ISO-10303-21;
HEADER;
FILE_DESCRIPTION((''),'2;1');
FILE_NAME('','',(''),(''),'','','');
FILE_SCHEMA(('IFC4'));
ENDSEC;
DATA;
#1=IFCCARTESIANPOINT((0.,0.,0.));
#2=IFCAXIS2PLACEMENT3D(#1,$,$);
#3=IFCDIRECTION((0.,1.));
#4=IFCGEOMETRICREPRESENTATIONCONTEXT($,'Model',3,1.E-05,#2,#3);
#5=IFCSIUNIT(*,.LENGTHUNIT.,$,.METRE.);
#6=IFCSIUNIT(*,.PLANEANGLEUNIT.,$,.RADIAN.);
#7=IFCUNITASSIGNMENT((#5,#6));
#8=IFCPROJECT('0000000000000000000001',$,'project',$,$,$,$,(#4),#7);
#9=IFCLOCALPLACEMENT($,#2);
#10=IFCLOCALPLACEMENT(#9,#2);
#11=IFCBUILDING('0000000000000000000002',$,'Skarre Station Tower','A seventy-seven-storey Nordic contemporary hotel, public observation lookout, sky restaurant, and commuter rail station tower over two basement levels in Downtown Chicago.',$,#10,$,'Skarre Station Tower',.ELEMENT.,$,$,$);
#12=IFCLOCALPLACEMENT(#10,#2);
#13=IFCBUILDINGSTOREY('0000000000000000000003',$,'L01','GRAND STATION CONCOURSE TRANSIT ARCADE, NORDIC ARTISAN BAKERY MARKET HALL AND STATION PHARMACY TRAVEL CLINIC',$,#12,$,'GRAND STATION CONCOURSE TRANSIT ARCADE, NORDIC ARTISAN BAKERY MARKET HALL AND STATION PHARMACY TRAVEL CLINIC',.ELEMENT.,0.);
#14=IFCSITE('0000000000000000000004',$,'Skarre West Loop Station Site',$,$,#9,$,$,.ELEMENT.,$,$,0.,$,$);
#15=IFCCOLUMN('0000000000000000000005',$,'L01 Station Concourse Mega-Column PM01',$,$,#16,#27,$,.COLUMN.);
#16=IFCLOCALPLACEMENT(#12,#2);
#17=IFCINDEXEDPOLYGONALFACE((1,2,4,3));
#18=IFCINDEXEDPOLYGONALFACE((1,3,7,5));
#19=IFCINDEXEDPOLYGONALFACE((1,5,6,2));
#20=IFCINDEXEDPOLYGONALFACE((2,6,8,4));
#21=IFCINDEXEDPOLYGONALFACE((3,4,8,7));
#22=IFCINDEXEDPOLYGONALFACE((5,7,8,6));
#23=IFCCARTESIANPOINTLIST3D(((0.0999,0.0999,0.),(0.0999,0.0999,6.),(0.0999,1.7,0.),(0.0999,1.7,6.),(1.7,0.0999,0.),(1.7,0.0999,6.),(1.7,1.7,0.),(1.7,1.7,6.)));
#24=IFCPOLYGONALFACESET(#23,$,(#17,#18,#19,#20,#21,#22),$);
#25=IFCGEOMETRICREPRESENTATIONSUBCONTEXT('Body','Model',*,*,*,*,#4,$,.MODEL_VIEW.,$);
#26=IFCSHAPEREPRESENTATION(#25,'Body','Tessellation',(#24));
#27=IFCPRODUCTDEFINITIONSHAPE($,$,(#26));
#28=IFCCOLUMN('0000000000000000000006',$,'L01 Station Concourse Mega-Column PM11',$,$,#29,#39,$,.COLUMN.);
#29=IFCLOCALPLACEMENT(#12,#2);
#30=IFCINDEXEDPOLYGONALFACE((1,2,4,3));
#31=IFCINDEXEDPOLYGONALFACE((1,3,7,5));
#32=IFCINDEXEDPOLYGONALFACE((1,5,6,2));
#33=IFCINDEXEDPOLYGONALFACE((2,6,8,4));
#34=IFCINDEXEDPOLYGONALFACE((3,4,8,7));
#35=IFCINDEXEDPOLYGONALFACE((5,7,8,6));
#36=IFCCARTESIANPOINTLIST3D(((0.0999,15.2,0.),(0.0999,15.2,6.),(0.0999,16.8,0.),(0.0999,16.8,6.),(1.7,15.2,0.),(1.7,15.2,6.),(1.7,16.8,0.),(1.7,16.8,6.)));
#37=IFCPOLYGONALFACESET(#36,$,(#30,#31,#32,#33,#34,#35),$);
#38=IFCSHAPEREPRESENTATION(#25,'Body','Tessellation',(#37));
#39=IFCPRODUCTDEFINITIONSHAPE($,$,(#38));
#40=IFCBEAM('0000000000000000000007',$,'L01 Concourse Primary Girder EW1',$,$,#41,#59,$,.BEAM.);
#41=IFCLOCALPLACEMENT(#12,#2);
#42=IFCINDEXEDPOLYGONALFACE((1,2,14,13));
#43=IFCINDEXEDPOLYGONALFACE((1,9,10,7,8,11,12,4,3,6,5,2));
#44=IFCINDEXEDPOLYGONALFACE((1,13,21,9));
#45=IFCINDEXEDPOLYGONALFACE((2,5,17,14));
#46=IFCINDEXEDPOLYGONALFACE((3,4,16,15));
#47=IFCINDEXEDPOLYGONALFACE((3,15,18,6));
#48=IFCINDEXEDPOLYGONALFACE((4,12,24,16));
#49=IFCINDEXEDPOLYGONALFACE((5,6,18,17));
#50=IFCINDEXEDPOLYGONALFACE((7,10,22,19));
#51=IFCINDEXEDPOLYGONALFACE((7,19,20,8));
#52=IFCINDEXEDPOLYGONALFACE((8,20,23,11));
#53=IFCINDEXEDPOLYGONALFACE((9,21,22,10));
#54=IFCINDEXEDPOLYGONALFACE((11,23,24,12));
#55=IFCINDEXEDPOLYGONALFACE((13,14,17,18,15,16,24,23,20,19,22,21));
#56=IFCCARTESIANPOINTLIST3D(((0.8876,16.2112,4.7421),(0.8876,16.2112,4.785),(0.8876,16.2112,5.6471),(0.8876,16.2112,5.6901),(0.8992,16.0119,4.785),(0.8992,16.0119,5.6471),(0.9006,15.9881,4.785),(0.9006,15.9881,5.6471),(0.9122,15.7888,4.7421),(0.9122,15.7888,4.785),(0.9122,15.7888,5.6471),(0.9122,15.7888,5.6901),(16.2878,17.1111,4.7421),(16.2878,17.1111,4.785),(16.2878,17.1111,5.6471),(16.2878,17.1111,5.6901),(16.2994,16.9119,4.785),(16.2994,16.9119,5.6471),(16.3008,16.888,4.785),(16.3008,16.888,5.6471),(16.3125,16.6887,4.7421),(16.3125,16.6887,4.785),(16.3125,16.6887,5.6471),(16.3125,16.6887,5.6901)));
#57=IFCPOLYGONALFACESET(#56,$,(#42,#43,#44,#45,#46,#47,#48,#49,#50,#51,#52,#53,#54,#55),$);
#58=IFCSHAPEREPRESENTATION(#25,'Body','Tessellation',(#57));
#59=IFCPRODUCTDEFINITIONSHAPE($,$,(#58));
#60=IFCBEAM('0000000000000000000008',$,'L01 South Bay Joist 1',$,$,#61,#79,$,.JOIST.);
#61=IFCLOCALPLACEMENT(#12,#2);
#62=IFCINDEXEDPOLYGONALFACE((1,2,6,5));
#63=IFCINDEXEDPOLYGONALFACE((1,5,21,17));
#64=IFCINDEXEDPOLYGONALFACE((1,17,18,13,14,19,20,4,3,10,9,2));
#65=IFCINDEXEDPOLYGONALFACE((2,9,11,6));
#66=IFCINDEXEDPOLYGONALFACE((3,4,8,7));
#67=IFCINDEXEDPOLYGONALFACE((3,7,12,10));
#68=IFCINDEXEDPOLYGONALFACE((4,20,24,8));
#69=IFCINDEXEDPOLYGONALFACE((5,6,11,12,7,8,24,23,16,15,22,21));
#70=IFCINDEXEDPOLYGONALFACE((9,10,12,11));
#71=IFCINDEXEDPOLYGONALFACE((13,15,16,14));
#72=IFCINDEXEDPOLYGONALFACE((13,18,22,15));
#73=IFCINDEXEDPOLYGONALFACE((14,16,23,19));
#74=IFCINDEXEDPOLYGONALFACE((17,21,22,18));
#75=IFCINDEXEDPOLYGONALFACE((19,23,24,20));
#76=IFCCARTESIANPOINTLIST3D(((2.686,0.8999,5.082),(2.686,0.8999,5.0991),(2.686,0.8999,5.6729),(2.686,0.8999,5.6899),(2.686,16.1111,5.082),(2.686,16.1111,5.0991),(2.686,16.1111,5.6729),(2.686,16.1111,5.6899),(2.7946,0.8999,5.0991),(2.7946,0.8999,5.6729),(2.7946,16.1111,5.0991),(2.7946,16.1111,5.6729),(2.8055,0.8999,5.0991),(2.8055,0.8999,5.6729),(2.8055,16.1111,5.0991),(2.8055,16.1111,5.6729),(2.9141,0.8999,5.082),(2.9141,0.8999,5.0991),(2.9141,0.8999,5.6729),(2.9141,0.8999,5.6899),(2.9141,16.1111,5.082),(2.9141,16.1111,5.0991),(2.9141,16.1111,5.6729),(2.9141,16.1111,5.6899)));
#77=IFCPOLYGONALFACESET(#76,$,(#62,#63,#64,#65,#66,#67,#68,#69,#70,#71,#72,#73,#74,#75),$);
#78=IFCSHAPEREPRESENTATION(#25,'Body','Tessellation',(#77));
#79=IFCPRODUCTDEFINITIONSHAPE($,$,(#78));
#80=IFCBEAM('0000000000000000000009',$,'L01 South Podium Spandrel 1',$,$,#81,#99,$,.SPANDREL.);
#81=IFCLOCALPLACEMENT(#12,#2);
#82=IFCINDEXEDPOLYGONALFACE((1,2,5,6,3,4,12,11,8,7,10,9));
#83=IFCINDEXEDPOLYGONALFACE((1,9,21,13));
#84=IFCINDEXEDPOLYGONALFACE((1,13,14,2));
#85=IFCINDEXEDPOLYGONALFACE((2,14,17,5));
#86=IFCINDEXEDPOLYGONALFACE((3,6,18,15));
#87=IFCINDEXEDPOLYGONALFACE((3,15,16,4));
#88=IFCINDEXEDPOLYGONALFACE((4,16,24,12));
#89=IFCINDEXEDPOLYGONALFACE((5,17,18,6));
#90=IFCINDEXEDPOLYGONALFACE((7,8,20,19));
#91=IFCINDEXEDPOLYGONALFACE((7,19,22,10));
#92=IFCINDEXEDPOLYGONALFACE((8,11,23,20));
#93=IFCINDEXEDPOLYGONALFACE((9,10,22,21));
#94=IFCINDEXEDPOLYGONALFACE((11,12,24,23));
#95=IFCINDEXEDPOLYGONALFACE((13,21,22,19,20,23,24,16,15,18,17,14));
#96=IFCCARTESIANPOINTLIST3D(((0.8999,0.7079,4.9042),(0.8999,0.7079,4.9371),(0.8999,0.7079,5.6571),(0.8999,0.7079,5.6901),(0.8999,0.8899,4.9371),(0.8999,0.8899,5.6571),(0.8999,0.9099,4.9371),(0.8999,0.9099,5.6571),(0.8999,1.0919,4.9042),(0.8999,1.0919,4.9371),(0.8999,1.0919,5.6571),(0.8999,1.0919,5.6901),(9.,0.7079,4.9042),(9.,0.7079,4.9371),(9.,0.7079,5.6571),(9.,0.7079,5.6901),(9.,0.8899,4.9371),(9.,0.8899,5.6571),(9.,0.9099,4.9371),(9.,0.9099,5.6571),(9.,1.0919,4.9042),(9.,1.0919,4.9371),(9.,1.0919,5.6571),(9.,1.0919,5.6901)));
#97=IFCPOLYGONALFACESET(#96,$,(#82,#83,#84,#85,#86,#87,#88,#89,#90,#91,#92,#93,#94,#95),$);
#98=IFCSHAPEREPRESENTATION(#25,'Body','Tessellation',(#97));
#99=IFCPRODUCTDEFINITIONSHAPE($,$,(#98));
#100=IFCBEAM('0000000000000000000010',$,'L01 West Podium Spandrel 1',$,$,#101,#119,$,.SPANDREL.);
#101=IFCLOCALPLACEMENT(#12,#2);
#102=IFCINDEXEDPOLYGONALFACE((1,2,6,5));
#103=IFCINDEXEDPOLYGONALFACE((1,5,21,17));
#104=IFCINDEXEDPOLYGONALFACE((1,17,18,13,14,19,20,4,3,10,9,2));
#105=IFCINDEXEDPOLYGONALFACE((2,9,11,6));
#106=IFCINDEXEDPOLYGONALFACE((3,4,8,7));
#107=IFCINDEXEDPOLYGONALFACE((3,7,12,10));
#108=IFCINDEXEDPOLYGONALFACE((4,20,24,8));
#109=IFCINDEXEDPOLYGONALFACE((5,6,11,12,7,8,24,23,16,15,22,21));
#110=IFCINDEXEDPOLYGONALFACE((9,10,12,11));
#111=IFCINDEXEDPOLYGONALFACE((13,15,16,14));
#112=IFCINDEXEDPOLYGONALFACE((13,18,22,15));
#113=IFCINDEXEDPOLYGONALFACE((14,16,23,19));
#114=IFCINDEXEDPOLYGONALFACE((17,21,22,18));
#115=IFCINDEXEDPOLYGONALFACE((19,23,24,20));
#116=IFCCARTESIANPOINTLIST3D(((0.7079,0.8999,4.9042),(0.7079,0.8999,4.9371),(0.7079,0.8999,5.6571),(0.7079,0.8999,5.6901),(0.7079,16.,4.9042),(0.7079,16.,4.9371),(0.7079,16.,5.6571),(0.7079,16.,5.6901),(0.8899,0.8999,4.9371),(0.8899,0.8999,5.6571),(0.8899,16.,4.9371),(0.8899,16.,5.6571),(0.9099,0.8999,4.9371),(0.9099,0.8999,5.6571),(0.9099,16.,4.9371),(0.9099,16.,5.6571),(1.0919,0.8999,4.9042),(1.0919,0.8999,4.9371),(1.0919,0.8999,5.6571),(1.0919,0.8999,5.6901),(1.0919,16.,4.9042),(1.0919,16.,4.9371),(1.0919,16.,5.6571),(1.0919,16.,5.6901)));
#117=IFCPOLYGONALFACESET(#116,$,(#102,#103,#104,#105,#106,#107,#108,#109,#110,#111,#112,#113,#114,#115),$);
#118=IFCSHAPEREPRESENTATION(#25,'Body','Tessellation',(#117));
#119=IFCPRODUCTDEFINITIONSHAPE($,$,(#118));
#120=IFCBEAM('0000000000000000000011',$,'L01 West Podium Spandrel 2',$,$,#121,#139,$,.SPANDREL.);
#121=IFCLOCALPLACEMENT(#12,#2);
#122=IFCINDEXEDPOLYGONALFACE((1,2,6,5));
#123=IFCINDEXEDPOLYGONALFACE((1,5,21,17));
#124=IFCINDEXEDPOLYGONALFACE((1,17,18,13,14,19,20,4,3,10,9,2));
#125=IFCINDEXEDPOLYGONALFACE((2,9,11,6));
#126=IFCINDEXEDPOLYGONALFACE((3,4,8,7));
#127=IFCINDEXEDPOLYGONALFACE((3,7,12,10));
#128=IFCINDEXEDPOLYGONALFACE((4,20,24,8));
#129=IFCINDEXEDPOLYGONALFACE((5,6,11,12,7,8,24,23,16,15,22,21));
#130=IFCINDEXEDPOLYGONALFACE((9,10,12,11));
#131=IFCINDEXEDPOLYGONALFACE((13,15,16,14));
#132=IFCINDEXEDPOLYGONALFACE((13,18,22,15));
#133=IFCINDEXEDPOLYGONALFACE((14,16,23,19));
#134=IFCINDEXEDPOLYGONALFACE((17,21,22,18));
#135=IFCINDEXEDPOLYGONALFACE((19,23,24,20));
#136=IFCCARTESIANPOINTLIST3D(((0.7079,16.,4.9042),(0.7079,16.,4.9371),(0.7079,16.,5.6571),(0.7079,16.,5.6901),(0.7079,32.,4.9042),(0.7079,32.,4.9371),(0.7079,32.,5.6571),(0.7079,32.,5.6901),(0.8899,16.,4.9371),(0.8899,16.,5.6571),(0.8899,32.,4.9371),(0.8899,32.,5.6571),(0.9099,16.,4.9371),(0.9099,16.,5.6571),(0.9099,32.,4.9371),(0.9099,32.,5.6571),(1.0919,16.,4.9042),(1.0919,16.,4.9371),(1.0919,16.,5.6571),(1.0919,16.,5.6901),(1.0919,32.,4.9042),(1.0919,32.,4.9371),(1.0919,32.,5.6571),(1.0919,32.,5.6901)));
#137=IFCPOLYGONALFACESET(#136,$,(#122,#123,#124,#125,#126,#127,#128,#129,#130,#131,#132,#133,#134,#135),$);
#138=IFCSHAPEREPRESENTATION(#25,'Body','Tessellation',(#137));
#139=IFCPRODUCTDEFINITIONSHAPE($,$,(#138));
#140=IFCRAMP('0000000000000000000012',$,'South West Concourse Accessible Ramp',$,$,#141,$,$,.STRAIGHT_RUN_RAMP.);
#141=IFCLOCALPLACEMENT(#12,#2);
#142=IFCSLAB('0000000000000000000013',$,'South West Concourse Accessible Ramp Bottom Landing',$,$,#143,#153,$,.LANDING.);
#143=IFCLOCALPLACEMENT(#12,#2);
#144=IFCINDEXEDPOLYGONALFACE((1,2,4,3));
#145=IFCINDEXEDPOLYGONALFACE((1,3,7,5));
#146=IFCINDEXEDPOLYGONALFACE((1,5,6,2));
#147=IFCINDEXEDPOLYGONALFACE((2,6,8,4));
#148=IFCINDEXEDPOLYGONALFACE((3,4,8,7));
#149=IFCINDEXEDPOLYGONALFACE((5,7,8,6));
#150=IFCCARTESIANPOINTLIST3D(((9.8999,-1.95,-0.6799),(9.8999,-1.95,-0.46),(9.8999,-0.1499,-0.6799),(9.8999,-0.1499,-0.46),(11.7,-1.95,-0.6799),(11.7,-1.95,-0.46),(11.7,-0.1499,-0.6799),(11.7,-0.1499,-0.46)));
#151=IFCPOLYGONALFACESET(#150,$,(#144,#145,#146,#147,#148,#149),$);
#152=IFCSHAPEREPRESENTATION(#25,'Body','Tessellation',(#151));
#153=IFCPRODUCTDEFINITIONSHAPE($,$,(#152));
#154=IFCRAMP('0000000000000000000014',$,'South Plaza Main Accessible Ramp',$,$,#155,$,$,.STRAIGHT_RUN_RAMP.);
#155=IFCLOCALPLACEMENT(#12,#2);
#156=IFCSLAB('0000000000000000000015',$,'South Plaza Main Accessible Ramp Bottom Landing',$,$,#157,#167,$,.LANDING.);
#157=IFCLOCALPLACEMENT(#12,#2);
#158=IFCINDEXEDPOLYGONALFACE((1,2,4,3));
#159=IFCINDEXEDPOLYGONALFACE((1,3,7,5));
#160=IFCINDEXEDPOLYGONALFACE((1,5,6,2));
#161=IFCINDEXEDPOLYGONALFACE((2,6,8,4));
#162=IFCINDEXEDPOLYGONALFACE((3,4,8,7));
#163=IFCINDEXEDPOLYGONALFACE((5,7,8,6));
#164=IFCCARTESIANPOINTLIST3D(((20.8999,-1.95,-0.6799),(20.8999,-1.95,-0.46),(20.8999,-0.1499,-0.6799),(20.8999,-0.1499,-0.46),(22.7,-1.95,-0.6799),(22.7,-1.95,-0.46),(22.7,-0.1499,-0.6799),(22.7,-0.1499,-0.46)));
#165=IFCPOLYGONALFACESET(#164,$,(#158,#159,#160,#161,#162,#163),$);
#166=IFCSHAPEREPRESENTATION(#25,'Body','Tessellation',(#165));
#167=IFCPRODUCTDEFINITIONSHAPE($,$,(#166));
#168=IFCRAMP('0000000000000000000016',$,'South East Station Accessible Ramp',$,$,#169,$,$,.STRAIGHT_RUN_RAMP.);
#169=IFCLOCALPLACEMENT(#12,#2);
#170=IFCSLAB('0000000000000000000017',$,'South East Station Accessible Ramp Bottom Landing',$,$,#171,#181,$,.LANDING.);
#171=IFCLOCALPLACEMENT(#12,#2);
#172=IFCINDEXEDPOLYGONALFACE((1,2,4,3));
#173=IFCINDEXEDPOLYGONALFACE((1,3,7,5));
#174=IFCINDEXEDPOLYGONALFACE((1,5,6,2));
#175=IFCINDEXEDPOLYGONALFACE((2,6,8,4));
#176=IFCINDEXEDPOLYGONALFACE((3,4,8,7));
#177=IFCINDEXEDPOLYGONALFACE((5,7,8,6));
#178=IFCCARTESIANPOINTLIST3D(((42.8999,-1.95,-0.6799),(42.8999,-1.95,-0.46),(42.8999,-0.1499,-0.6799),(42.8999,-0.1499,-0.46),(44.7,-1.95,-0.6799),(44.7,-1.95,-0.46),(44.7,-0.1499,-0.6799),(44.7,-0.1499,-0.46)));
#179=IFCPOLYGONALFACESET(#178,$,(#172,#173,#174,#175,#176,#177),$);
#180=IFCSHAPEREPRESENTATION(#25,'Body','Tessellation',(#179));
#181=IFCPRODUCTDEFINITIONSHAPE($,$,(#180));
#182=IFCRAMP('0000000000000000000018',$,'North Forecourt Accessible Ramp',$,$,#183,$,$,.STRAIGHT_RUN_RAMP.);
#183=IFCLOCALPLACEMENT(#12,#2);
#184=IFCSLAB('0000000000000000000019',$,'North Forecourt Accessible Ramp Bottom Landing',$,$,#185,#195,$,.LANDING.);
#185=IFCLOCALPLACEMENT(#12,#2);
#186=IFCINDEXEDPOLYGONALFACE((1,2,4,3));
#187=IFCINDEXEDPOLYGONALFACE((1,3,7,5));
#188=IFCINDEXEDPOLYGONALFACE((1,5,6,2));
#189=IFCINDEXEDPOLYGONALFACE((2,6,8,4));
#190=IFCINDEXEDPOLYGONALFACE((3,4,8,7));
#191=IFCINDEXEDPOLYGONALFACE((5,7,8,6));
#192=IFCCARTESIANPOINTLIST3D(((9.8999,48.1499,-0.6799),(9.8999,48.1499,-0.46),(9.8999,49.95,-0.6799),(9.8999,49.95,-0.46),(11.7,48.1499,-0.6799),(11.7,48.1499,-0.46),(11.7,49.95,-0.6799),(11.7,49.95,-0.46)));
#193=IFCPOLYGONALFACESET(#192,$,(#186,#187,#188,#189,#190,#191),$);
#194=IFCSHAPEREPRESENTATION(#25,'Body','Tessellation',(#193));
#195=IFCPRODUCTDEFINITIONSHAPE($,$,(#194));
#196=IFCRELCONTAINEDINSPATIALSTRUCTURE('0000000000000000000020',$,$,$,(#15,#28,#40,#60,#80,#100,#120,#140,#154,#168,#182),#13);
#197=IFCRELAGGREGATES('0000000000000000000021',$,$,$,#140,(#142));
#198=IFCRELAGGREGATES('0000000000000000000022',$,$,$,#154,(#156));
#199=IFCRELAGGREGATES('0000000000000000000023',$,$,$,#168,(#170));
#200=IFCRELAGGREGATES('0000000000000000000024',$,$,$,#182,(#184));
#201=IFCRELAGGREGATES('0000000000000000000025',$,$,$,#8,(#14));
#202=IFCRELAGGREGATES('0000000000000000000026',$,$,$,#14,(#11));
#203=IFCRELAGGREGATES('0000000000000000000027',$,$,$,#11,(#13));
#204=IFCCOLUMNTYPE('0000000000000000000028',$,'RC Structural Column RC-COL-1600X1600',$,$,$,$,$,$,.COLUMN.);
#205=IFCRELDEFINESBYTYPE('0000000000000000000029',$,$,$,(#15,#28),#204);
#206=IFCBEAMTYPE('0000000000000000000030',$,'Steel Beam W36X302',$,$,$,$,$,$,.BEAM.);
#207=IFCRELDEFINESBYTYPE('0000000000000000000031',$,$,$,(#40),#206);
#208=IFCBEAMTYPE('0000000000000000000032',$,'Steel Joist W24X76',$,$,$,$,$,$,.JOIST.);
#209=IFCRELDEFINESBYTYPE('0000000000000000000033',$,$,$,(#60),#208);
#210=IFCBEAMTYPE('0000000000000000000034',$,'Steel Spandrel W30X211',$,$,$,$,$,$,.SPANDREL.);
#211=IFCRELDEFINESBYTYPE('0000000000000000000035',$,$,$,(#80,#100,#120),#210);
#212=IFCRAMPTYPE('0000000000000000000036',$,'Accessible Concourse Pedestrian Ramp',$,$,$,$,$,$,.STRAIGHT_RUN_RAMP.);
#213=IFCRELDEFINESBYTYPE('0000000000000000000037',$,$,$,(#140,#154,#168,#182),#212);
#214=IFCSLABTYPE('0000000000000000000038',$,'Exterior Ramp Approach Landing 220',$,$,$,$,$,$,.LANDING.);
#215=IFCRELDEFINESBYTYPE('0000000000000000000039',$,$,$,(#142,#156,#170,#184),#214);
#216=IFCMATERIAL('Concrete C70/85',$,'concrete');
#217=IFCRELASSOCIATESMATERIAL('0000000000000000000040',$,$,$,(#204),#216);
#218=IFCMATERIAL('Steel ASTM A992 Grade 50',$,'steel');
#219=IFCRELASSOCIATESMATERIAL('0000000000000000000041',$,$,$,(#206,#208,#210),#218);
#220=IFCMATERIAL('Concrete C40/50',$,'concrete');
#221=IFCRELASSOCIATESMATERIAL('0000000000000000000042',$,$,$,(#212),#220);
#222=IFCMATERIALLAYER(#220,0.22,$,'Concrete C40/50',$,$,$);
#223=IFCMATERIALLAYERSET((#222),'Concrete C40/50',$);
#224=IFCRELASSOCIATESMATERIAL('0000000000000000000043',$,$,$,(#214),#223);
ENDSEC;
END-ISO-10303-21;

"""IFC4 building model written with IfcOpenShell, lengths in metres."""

from ifc_helpers import new_model, si_unit, direction, frame, origin, origin_2d, place, context, subcontext, project, spatial, polyline, rectangle, i_section, outline, extrude, material, layer, layer_set, material_profile, profile_set, type_object, element, aggregate, save


model = new_model("IFC4")

# Units and contexts
model_context = context("Model", 3, precision=1e-05, world=origin(), true_north=direction((0.0, 1.0)))
body_context = subcontext(model_context, "Body", "Model", "MODEL_VIEW")
ifc_project = project(units=[si_unit("LENGTHUNIT", "METRE"), si_unit("PLANEANGLEUNIT", "RADIAN")], contexts=[model_context])

# Site, building, storey
site_placement = place(None, origin())
site = spatial("IfcSite", under=ifc_project, at=site_placement, Name="Skarre West Loop Station Site", CompositionType="ELEMENT", RefElevation=0.0)
building_placement = place(site_placement, origin())
building = spatial("IfcBuilding", under=site, at=building_placement, Name="Skarre Station Tower", Description="A seventy-seven-storey Nordic contemporary hotel, public observation lookout, sky restaurant, and commuter rail station tower over two basement levels in Downtown Chicago.", LongName="Skarre Station Tower", CompositionType="ELEMENT")
storey_placement = place(building_placement, origin())
storey = spatial("IfcBuildingStorey", under=building, at=storey_placement, Name="L01", Description="GRAND STATION CONCOURSE TRANSIT ARCADE, NORDIC ARTISAN BAKERY MARKET HALL AND STATION PHARMACY TRAVEL CLINIC", LongName="GRAND STATION CONCOURSE TRANSIT ARCADE, NORDIC ARTISAN BAKERY MARKET HALL AND STATION PHARMACY TRAVEL CLINIC", CompositionType="ELEMENT", Elevation=0.0)

# Columns
ifc_material_1 = material(Name="Concrete C70/85", Category="concrete")
ifc_material_profile_1 = material_profile(ifc_material_1, rectangle(XDim=1.6001, YDim=1.6001, at=origin_2d()), Name="Concrete C70/85")
ifc_profile_set_1 = profile_set([ifc_material_profile_1], Name="Concrete C70/85")
column_type = type_object("IfcColumnType", Name="RC Structural Column RC-COL-1600X1600", PredefinedType="COLUMN", material=ifc_profile_set_1)
for number, where, z_axis, x_axis, name in (
    (1, (0.8999, 0.8999, 0.0), (0.0, 0.0, 1.0), (1.0, 0.0, 0.0), "L01 Station Concourse Mega-Column PM01"),
    (2, (0.8999, 16.0, 0.0), (0.0, 0.0, 1.0), (1.0, 0.0, 0.0), "L01 Station Concourse Mega-Column PM11"),
):
    element("IfcColumn", number, at=place(storey_placement, frame(where, z_axis=z_axis, x_axis=x_axis)), inside=storey, type_object=column_type, Name=name, PredefinedType="COLUMN", context=body_context, shape_type="SweptSolid", body=[
        extrude(rectangle(XDim=1.6001, YDim=1.6001, at=origin_2d()), origin(), (0.0, 0.0, 1.0), 6.0),
    ])

# Beams
ifc_material_2 = material(Name="Steel ASTM A992 Grade 50", Category="steel")
ifc_material_profile_2 = material_profile(ifc_material_2, i_section(OverallWidth=0.4231, OverallDepth=0.948, WebThickness=0.0239, FlangeThickness=0.043, at=origin_2d()), Name="Steel ASTM A992 Grade 50")
ifc_profile_set_2 = profile_set([ifc_material_profile_2], Name="Steel ASTM A992 Grade 50")
beam_type_1 = type_object("IfcBeamType", Name="Steel Beam W36X302", PredefinedType="BEAM", material=ifc_profile_set_2)
beam_1_placement = place(storey_placement, frame((0.8999, 16.0, 5.2161), z_axis=(0.998297, 0.058335, 0.0), x_axis=(-0.058335, 0.998297, 0.0)))
element("IfcBeam", 3, at=beam_1_placement, inside=storey, type_object=beam_type_1, Name="L01 Concourse Primary Girder EW1", PredefinedType="BEAM", context=body_context, shape_type="SweptSolid", body=[
    extrude(i_section(OverallWidth=0.4231, OverallDepth=0.948, WebThickness=0.0239, FlangeThickness=0.043, at=origin_2d()), origin(), (0.0, 0.0, 1.0), 15.4265),
])
ifc_material_profile_3 = material_profile(ifc_material_2, i_section(OverallWidth=0.228, OverallDepth=0.6079, WebThickness=0.011, FlangeThickness=0.0171, at=origin_2d()), Name="Steel ASTM A992 Grade 50")
ifc_profile_set_3 = profile_set([ifc_material_profile_3], Name="Steel ASTM A992 Grade 50")
beam_type_2 = type_object("IfcBeamType", Name="Steel Joist W24X76", PredefinedType="JOIST", material=ifc_profile_set_3)
beam_2_placement = place(storey_placement, frame((2.8, 0.8999, 5.386), z_axis=(0.0, 1.0, 0.0), x_axis=(-1.0, 0.0, 0.0)))
element("IfcBeam", 4, at=beam_2_placement, inside=storey, type_object=beam_type_2, Name="L01 South Bay Joist 1", PredefinedType="JOIST", context=body_context, shape_type="SweptSolid", body=[
    extrude(i_section(OverallWidth=0.228, OverallDepth=0.6079, WebThickness=0.011, FlangeThickness=0.0171, at=origin_2d()), origin(), (0.0, 0.0, 1.0), 15.2112),
])
ifc_material_profile_4 = material_profile(ifc_material_2, i_section(OverallWidth=0.384, OverallDepth=0.7859, WebThickness=0.02, FlangeThickness=0.033, at=origin_2d()), Name="Steel ASTM A992 Grade 50")
ifc_profile_set_4 = profile_set([ifc_material_profile_4], Name="Steel ASTM A992 Grade 50")
beam_type_3 = type_object("IfcBeamType", Name="Steel Spandrel W30X211", PredefinedType="SPANDREL", material=ifc_profile_set_4)
beam_3_placement = place(storey_placement, frame((0.8999, 0.8999, 5.2971), z_axis=(1.0, 0.0, 0.0), x_axis=(0.0, 1.0, 0.0)))
element("IfcBeam", 5, at=beam_3_placement, inside=storey, type_object=beam_type_3, Name="L01 South Podium Spandrel 1", PredefinedType="SPANDREL", context=body_context, shape_type="SweptSolid", body=[
    extrude(i_section(OverallWidth=0.384, OverallDepth=0.7859, WebThickness=0.02, FlangeThickness=0.033, at=origin_2d()), origin(), (0.0, 0.0, 1.0), 8.1001),
])
beam_4_placement = place(storey_placement, frame((0.8999, 0.8999, 5.2971), z_axis=(0.0, 1.0, 0.0), x_axis=(-1.0, 0.0, 0.0)))
element("IfcBeam", 6, at=beam_4_placement, inside=storey, type_object=beam_type_3, Name="L01 West Podium Spandrel 1", PredefinedType="SPANDREL", context=body_context, shape_type="SweptSolid", body=[
    extrude(i_section(OverallWidth=0.384, OverallDepth=0.7859, WebThickness=0.02, FlangeThickness=0.033, at=origin_2d()), origin(), (0.0, 0.0, 1.0), 15.1001),
])
beam_5_placement = place(storey_placement, frame((0.8999, 16.0, 5.2971), z_axis=(0.0, 1.0, 0.0), x_axis=(-1.0, 0.0, 0.0)))
element("IfcBeam", 7, at=beam_5_placement, inside=storey, type_object=beam_type_3, Name="L01 West Podium Spandrel 2", PredefinedType="SPANDREL", context=body_context, shape_type="SweptSolid", body=[
    extrude(i_section(OverallWidth=0.384, OverallDepth=0.7859, WebThickness=0.02, FlangeThickness=0.033, at=origin_2d()), origin(), (0.0, 0.0, 1.0), 16.0),
])

# Ramps, slabs
ifc_material_3 = material(Name="Concrete C40/50", Category="concrete")
ramp_type = type_object("IfcRampType", Name="Accessible Concourse Pedestrian Ramp", PredefinedType="STRAIGHT_RUN_RAMP", material=ifc_material_3)
ramp_1_placement = place(storey_placement, origin())
ramp_1 = element("IfcRamp", 8, at=ramp_1_placement, inside=storey, type_object=ramp_type, Name="South West Concourse Accessible Ramp", PredefinedType="STRAIGHT_RUN_RAMP")
ifc_layer_1 = layer(ifc_material_3, 0.22, Name="Concrete C40/50")
ifc_layer_set_1 = layer_set([ifc_layer_1], Name="Concrete C40/50")
slab_type = type_object("IfcSlabType", Name="Exterior Ramp Approach Landing 220", PredefinedType="LANDING", material=ifc_layer_set_1)
slab_1_placement = place(storey_placement, frame((0.0, 0.0, -0.6799)))
slab_1 = element("IfcSlab", 9, at=slab_1_placement, type_object=slab_type, Name="South West Concourse Accessible Ramp Bottom Landing", PredefinedType="LANDING", context=body_context, shape_type="SweptSolid", body=[
    extrude(outline(polyline([(9.8999, -1.95), (11.7, -1.95), (11.7, -0.1499), (9.8999, -0.1499), (9.8999, -1.95)])), origin(), (0.0, 0.0, 1.0), 0.22),
])
aggregate(ramp_1, [slab_1])
ramp_2_placement = place(storey_placement, origin())
ramp_2 = element("IfcRamp", 10, at=ramp_2_placement, inside=storey, type_object=ramp_type, Name="South Plaza Main Accessible Ramp", PredefinedType="STRAIGHT_RUN_RAMP")
slab_2_placement = place(storey_placement, frame((0.0, 0.0, -0.6799)))
slab_2 = element("IfcSlab", 11, at=slab_2_placement, type_object=slab_type, Name="South Plaza Main Accessible Ramp Bottom Landing", PredefinedType="LANDING", context=body_context, shape_type="SweptSolid", body=[
    extrude(outline(polyline([(20.8999, -1.95), (22.7, -1.95), (22.7, -0.1499), (20.8999, -0.1499), (20.8999, -1.95)])), origin(), (0.0, 0.0, 1.0), 0.22),
])
aggregate(ramp_2, [slab_2])
ramp_3_placement = place(storey_placement, origin())
ramp_3 = element("IfcRamp", 12, at=ramp_3_placement, inside=storey, type_object=ramp_type, Name="South East Station Accessible Ramp", PredefinedType="STRAIGHT_RUN_RAMP")
slab_3_placement = place(storey_placement, frame((0.0, 0.0, -0.6799)))
slab_3 = element("IfcSlab", 13, at=slab_3_placement, type_object=slab_type, Name="South East Station Accessible Ramp Bottom Landing", PredefinedType="LANDING", context=body_context, shape_type="SweptSolid", body=[
    extrude(outline(polyline([(42.8999, -1.95), (44.7, -1.95), (44.7, -0.1499), (42.8999, -0.1499), (42.8999, -1.95)])), origin(), (0.0, 0.0, 1.0), 0.22),
])
aggregate(ramp_3, [slab_3])
ramp_4_placement = place(storey_placement, origin())
ramp_4 = element("IfcRamp", 14, at=ramp_4_placement, inside=storey, type_object=ramp_type, Name="North Forecourt Accessible Ramp", PredefinedType="STRAIGHT_RUN_RAMP")
slab_4_placement = place(storey_placement, frame((0.0, 0.0, -0.6799)))
slab_4 = element("IfcSlab", 15, at=slab_4_placement, type_object=slab_type, Name="North Forecourt Accessible Ramp Bottom Landing", PredefinedType="LANDING", context=body_context, shape_type="SweptSolid", body=[
    extrude(outline(polyline([(9.8999, 48.1499), (11.7, 48.1499), (11.7, 49.95), (9.8999, 49.95), (9.8999, 48.1499)])), origin(), (0.0, 0.0, 1.0), 0.22),
])
aggregate(ramp_4, [slab_4])

save(model, "model.ifc")
